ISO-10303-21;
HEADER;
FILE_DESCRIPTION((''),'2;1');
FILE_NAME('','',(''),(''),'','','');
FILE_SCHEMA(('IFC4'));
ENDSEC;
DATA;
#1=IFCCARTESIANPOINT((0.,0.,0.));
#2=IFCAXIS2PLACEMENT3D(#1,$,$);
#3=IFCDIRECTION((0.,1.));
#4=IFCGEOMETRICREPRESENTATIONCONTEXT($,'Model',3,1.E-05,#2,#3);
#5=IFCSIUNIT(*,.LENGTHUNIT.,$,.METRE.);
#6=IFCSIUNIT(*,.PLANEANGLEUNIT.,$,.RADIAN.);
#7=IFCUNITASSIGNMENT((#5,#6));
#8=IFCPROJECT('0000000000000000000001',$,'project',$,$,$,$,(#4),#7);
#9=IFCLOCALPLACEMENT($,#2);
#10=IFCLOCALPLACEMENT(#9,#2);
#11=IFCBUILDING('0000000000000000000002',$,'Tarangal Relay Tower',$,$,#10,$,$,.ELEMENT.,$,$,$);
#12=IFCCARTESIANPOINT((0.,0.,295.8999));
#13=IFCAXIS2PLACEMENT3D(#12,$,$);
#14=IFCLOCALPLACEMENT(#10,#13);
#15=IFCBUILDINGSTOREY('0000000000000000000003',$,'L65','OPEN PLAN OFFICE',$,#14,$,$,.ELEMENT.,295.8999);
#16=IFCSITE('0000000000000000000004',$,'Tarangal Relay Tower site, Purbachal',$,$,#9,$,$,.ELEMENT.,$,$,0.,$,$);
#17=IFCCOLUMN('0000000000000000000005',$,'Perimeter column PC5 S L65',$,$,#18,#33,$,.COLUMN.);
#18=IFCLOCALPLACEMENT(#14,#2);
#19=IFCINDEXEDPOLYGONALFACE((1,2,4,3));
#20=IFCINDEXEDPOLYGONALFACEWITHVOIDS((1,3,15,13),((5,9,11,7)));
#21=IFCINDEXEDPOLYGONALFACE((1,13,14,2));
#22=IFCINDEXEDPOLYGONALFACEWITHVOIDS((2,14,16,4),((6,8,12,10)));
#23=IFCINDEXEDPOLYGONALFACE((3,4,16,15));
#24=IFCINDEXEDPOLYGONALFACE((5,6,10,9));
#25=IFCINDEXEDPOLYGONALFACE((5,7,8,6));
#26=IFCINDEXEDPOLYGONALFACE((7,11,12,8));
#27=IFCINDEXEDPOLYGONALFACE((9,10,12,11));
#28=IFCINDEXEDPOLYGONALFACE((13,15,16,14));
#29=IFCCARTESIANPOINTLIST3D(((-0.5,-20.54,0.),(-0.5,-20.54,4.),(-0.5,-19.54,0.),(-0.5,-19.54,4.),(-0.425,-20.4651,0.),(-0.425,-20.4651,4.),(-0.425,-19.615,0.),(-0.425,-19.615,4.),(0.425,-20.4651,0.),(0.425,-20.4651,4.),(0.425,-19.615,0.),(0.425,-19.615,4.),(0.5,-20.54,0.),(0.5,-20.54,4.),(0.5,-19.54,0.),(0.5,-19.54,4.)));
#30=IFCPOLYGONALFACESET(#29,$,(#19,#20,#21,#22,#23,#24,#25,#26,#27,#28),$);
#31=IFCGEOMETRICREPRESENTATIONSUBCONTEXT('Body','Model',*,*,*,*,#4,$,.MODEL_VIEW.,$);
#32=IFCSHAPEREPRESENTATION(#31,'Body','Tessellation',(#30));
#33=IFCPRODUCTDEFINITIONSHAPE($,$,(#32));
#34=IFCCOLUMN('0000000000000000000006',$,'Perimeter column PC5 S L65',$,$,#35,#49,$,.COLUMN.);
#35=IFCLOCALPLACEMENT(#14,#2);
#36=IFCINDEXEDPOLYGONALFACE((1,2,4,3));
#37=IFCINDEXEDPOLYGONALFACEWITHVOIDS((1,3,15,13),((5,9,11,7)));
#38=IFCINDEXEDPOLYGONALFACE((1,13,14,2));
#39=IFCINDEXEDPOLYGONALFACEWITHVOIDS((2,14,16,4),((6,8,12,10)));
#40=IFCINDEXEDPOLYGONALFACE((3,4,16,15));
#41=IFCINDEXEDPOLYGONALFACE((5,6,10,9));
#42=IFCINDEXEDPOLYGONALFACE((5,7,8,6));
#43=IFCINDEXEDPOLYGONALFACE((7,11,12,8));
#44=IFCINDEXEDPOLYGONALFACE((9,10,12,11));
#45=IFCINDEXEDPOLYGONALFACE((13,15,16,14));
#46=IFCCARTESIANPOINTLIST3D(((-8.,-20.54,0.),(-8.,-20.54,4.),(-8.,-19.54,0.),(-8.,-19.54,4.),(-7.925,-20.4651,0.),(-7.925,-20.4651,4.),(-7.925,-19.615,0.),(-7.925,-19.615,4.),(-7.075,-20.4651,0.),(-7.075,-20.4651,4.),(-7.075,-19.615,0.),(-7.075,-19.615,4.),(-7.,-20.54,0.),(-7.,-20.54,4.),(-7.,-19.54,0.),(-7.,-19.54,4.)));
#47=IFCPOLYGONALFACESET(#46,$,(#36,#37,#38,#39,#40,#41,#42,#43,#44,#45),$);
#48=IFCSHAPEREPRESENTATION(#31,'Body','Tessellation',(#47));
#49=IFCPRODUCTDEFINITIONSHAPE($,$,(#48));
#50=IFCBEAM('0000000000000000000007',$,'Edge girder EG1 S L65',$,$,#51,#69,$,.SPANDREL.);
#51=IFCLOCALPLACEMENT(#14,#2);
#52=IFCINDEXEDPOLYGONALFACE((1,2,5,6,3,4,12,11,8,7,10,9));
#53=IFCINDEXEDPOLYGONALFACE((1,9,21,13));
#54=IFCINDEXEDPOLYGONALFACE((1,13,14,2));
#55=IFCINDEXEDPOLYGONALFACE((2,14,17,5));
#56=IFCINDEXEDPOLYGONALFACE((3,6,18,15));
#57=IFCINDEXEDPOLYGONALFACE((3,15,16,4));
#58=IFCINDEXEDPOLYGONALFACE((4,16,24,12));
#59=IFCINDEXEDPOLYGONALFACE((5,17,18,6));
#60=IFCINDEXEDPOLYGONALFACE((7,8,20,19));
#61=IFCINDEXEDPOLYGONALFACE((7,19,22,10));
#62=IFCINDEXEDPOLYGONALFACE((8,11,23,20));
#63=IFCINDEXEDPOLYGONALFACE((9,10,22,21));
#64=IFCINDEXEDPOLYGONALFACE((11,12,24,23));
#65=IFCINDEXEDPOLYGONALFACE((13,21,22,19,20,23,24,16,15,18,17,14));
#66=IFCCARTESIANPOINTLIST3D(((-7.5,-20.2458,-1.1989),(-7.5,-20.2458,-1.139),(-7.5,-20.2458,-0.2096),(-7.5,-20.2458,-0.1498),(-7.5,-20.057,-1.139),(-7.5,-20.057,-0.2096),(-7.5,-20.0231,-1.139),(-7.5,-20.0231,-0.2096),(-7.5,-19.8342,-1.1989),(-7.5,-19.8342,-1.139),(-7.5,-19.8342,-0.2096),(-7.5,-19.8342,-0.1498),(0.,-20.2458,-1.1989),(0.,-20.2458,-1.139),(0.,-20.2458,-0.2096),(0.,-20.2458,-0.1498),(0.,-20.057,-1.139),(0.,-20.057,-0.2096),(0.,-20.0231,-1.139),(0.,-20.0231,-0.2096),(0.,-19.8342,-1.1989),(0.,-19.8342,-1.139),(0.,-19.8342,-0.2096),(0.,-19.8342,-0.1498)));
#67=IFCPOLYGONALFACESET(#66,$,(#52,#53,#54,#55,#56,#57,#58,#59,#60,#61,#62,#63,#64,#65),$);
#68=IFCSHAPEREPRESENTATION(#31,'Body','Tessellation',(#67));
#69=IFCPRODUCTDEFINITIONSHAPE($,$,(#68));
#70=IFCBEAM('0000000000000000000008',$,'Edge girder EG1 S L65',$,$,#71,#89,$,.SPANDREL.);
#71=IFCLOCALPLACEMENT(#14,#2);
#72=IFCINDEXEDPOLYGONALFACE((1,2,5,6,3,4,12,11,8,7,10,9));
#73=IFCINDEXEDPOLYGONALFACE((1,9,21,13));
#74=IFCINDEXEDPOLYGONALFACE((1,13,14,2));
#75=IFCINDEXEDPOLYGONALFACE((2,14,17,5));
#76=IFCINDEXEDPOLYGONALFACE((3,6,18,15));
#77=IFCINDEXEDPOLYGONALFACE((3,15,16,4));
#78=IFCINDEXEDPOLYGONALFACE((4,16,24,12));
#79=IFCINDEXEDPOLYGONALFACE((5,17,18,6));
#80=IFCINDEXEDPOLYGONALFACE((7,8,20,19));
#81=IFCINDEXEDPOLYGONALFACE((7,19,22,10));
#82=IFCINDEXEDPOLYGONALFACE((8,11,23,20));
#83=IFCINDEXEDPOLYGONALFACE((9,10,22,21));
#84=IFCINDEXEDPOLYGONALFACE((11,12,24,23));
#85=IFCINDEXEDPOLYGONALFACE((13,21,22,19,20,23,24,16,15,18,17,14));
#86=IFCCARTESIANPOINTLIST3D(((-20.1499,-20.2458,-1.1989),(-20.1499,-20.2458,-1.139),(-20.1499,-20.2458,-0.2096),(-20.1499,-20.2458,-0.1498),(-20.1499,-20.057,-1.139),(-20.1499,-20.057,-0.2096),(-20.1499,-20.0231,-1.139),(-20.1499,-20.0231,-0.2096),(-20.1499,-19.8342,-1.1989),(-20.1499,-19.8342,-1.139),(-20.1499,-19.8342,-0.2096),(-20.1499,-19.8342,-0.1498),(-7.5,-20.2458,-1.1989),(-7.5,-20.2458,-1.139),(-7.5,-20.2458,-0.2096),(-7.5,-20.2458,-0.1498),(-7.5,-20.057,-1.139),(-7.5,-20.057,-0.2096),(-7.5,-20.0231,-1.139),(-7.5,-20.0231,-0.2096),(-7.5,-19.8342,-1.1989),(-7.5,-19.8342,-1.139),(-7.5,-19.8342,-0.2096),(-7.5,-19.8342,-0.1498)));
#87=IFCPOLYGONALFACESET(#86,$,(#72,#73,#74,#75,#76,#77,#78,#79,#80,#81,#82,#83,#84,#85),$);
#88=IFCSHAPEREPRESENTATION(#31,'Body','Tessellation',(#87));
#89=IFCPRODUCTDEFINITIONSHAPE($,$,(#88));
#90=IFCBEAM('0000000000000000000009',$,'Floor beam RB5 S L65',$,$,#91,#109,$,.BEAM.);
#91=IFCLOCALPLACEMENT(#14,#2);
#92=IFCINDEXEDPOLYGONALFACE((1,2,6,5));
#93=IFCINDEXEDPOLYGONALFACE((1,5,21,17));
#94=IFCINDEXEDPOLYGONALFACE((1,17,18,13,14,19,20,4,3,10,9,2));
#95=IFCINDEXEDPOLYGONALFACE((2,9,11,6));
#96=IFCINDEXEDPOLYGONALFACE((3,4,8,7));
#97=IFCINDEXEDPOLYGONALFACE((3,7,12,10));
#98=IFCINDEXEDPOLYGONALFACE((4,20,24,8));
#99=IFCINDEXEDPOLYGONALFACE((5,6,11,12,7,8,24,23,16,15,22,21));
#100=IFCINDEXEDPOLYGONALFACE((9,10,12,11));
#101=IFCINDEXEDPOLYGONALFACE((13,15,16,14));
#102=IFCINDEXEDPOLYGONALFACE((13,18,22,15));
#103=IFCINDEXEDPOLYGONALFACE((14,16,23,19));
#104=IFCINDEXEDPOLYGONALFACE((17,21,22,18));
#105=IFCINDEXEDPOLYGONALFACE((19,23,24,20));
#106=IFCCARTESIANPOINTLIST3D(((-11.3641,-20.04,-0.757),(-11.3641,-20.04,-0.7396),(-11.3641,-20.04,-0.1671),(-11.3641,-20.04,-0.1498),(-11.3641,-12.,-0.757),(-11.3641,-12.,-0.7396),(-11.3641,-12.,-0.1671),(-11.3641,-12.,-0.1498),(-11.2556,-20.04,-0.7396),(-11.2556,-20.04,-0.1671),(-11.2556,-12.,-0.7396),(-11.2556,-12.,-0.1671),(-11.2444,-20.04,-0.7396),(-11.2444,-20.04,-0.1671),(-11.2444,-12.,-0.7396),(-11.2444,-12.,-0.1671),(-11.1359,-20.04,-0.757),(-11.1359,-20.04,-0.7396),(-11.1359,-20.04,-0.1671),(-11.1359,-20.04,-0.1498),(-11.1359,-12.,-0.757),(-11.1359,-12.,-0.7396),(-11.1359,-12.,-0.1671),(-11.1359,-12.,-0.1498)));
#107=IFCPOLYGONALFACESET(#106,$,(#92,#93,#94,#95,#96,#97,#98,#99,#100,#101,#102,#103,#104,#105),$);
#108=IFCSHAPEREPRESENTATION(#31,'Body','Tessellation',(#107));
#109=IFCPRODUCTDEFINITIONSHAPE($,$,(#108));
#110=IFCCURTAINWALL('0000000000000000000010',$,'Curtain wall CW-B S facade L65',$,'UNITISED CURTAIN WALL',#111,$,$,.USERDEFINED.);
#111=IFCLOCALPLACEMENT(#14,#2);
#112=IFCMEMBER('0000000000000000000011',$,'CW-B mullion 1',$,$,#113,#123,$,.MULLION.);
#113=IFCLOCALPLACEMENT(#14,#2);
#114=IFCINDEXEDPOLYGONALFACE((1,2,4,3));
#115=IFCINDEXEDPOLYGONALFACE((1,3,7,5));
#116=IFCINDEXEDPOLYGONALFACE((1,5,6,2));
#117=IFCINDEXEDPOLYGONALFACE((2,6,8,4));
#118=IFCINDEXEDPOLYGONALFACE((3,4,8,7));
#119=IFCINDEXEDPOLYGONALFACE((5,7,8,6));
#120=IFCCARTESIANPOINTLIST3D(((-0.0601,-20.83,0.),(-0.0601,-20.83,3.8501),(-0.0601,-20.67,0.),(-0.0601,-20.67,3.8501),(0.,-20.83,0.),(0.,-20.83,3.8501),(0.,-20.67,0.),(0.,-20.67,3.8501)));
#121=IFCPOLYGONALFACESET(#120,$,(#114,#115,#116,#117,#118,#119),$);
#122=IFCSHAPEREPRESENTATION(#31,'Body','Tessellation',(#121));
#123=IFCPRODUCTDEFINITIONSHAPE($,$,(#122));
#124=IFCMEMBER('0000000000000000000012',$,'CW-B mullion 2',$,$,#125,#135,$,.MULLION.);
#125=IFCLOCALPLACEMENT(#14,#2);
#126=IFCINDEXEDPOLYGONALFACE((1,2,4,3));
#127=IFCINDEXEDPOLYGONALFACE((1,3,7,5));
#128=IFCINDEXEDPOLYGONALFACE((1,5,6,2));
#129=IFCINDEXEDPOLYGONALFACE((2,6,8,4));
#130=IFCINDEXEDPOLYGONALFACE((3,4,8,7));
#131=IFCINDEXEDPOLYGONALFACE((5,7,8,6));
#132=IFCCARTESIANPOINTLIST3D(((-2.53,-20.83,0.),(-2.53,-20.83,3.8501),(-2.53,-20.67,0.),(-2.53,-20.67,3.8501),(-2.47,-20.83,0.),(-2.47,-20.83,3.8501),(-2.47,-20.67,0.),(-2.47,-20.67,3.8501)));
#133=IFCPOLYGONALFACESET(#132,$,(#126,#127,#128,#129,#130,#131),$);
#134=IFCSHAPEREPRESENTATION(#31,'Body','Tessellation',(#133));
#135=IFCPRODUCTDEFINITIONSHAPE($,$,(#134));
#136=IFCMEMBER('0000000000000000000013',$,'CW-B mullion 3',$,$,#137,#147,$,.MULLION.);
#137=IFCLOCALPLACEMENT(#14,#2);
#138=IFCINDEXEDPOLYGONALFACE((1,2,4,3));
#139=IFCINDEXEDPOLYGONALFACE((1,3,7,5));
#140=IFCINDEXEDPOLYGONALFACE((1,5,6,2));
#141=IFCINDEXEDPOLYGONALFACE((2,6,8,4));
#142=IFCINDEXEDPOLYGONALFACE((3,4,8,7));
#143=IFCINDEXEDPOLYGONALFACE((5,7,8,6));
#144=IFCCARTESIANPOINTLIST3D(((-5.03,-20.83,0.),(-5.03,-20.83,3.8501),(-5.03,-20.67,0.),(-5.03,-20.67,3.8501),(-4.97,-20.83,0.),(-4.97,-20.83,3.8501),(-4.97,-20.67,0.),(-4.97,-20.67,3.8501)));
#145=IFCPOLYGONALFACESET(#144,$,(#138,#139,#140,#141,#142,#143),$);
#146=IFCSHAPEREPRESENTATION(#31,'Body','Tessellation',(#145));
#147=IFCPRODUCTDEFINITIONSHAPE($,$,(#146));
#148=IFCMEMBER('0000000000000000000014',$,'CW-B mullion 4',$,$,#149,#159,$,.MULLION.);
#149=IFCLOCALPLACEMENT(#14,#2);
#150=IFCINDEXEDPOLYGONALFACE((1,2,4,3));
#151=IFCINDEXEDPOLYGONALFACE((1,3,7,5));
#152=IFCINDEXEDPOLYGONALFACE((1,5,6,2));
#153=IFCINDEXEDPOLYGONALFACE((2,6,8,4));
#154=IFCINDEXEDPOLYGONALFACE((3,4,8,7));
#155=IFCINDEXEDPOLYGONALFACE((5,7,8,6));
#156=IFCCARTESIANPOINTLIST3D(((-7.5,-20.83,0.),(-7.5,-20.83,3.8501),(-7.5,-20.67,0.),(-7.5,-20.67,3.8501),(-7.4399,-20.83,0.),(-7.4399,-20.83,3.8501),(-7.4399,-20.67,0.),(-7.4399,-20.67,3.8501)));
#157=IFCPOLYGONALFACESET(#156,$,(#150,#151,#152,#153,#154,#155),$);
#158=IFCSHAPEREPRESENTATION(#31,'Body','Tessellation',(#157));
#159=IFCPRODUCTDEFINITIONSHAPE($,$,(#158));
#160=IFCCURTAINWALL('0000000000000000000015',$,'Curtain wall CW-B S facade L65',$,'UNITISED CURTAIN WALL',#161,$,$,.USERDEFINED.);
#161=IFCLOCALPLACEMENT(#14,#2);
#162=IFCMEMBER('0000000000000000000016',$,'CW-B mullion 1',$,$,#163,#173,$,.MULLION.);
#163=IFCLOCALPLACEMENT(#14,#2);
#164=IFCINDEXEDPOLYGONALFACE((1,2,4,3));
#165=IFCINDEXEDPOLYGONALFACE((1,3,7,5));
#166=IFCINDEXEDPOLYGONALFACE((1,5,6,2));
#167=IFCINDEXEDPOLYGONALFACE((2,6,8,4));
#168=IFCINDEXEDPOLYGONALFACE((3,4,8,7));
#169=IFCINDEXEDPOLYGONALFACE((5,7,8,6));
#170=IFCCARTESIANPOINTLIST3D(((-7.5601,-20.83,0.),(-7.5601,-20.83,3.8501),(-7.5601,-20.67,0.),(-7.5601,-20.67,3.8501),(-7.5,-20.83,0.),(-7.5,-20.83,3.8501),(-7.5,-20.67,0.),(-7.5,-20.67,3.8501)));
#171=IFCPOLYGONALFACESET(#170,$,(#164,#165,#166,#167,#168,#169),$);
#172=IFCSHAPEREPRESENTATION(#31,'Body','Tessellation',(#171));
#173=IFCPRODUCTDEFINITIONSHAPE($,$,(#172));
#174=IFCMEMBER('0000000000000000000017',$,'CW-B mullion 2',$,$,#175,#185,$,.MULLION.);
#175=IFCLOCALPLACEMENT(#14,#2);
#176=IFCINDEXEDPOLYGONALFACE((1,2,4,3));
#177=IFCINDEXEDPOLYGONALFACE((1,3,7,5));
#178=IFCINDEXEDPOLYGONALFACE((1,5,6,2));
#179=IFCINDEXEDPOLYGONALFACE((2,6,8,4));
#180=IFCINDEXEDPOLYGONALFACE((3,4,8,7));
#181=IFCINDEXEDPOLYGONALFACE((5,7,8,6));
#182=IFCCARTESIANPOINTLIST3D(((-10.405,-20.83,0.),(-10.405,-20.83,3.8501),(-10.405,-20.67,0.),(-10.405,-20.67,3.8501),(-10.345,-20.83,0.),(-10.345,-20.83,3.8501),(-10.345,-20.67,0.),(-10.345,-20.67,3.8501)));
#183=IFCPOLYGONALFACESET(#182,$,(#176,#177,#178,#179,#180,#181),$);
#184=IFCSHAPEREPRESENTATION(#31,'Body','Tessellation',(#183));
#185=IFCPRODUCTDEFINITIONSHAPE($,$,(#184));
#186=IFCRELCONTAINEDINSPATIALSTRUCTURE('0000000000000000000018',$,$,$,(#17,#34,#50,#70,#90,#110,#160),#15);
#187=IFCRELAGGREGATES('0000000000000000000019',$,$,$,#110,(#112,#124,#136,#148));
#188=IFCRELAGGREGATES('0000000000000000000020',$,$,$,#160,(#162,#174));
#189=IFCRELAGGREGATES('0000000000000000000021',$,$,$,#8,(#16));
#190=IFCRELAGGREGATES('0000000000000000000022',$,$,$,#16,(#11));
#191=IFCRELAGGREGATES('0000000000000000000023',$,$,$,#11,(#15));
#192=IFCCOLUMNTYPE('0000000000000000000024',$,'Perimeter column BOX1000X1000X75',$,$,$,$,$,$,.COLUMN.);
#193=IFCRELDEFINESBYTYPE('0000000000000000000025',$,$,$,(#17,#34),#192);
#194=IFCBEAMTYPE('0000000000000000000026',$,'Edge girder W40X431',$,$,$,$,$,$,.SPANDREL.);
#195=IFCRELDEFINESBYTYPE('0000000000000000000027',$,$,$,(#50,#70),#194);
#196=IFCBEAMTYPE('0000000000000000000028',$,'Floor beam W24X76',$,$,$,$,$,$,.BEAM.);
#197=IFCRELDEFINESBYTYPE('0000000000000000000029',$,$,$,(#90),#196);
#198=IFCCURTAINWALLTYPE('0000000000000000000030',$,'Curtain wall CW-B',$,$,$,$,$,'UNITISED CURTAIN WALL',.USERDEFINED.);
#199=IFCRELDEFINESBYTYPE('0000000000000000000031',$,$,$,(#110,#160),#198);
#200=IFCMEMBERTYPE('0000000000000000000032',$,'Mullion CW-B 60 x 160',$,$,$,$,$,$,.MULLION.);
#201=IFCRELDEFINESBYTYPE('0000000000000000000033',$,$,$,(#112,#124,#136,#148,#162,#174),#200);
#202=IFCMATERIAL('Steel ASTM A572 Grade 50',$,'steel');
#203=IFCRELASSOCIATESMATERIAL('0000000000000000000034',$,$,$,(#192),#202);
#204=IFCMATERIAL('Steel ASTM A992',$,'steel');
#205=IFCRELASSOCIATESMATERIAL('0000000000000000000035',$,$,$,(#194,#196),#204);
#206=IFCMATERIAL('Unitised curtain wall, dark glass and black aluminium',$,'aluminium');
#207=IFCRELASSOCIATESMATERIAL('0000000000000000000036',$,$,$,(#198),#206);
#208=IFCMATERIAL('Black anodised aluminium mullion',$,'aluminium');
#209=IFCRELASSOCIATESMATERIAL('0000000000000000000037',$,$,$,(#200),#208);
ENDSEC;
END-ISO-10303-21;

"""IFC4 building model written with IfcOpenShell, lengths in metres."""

from ifc_helpers import new_model, si_unit, direction, frame, origin, origin_2d, place, context, subcontext, project, spatial, rectangle, hollow_rectangle, i_section, extrude, material, material_profile, profile_set, type_object, element, aggregate, save


model = new_model("IFC4")

# Units and contexts
model_context = context("Model", 3, precision=1e-05, world=origin(), true_north=direction((0.0, 1.0)))
body_context = subcontext(model_context, "Body", "Model", "MODEL_VIEW")
ifc_project = project(units=[si_unit("LENGTHUNIT", "METRE"), si_unit("PLANEANGLEUNIT", "RADIAN")], contexts=[model_context])

# Site, building, storey
site_placement = place(None, origin())
site = spatial("IfcSite", under=ifc_project, at=site_placement, Name="Tarangal Relay Tower site, Purbachal", CompositionType="ELEMENT", RefElevation=0.0)
building_placement = place(site_placement, origin())
building = spatial("IfcBuilding", under=site, at=building_placement, Name="Tarangal Relay Tower", CompositionType="ELEMENT")
storey_placement = place(building_placement, frame((0.0, 0.0, 295.8999)))
storey = spatial("IfcBuildingStorey", under=building, at=storey_placement, Name="L65", Description="OPEN PLAN OFFICE", CompositionType="ELEMENT", Elevation=295.8999)

# Columns
ifc_material_1 = material(Name="Steel ASTM A572 Grade 50", Category="steel")
ifc_material_profile_1 = material_profile(ifc_material_1, hollow_rectangle(XDim=1.0, YDim=1.0, WallThickness=0.075, at=origin_2d()), Name="BOX1000X1000X75")
ifc_profile_set_1 = profile_set([ifc_material_profile_1], Name="Steel ASTM A572 Grade 50")
column_type = type_object("IfcColumnType", Name="Perimeter column BOX1000X1000X75", PredefinedType="COLUMN", material=ifc_profile_set_1)
for number, where, z_axis, x_axis, name in (
    (1, (0.0, -20.04, 0.0), (0.0, 0.0, 1.0), (1.0, 0.0, 0.0), "Perimeter column PC5 S L65"),
    (2, (-7.5, -20.04, 0.0), (0.0, 0.0, 1.0), (1.0, 0.0, 0.0), "Perimeter column PC5 S L65"),
):
    element("IfcColumn", number, at=place(storey_placement, frame(where, z_axis=z_axis, x_axis=x_axis)), inside=storey, type_object=column_type, Name=name, PredefinedType="COLUMN", context=body_context, shape_type="SweptSolid", body=[
        extrude(hollow_rectangle(XDim=1.0, YDim=1.0, WallThickness=0.075, at=origin_2d()), origin(), (0.0, 0.0, 1.0), 4.0),
    ])

# Beams
ifc_material_2 = material(Name="Steel ASTM A992", Category="steel")
ifc_material_profile_2 = material_profile(ifc_material_2, i_section(OverallWidth=0.4116, OverallDepth=1.0491, WebThickness=0.0339, FlangeThickness=0.0598, at=origin_2d()), Name="W40X431")
ifc_profile_set_2 = profile_set([ifc_material_profile_2], Name="Steel ASTM A992")
beam_type_1 = type_object("IfcBeamType", Name="Edge girder W40X431", PredefinedType="SPANDREL", material=ifc_profile_set_2)
beam_1_placement = place(storey_placement, frame((0.0, -20.04, -0.6743), z_axis=(-1.0, 0.0, 0.0), x_axis=(0.0, -1.0, 0.0)))
element("IfcBeam", 3, at=beam_1_placement, inside=storey, type_object=beam_type_1, Name="Edge girder EG1 S L65", PredefinedType="SPANDREL", context=body_context, shape_type="SweptSolid", body=[
    extrude(i_section(OverallWidth=0.4116, OverallDepth=1.0491, WebThickness=0.0339, FlangeThickness=0.0598, at=origin_2d()), origin(), (0.0, 0.0, 1.0), 7.5),
])
beam_2_placement = place(storey_placement, frame((-7.5, -20.04, -0.6743), z_axis=(-1.0, 0.0, 0.0), x_axis=(0.0, -1.0, 0.0)))
element("IfcBeam", 4, at=beam_2_placement, inside=storey, type_object=beam_type_1, Name="Edge girder EG1 S L65", PredefinedType="SPANDREL", context=body_context, shape_type="SweptSolid", body=[
    extrude(i_section(OverallWidth=0.4116, OverallDepth=1.0491, WebThickness=0.0339, FlangeThickness=0.0598, at=origin_2d()), origin(), (0.0, 0.0, 1.0), 12.6499),
])
ifc_material_profile_3 = material_profile(ifc_material_2, i_section(OverallWidth=0.2283, OverallDepth=0.6072, WebThickness=0.0112, FlangeThickness=0.0173, at=origin_2d()), Name="W24X76")
ifc_profile_set_3 = profile_set([ifc_material_profile_3], Name="Steel ASTM A992")
beam_type_2 = type_object("IfcBeamType", Name="Floor beam W24X76", PredefinedType="BEAM", material=ifc_profile_set_3)
beam_3_placement = place(storey_placement, frame((-11.25, -12.0, -0.4534), z_axis=(0.0, -1.0, 0.0), x_axis=(1.0, 0.0, 0.0)))
element("IfcBeam", 5, at=beam_3_placement, inside=storey, type_object=beam_type_2, Name="Floor beam RB5 S L65", PredefinedType="BEAM", context=body_context, shape_type="SweptSolid", body=[
    extrude(i_section(OverallWidth=0.2283, OverallDepth=0.6072, WebThickness=0.0112, FlangeThickness=0.0173, at=origin_2d()), origin(), (0.0, 0.0, 1.0), 8.04),
])

# Curtain walls, members
ifc_material_3 = material(Name="Unitised curtain wall, dark glass and black aluminium", Category="aluminium")
curtain_wall_type = type_object("IfcCurtainWallType", Name="Curtain wall CW-B", ElementType="UNITISED CURTAIN WALL", PredefinedType="USERDEFINED", material=ifc_material_3)
curtain_wall_1_placement = place(storey_placement, origin())
curtain_wall_1 = element("IfcCurtainWall", 6, at=curtain_wall_1_placement, inside=storey, type_object=curtain_wall_type, Name="Curtain wall CW-B S facade L65", ObjectType="UNITISED CURTAIN WALL", PredefinedType="USERDEFINED")
ifc_material_4 = material(Name="Black anodised aluminium mullion", Category="aluminium")
ifc_material_profile_4 = material_profile(ifc_material_4, rectangle(XDim=0.1599, YDim=0.0601, at=origin_2d()), Name="CW-BM 60X160")
ifc_profile_set_4 = profile_set([ifc_material_profile_4], Name="Black anodised aluminium mullion")
member_type_1 = type_object("IfcMemberType", Name="Mullion CW-B 60 x 160", PredefinedType="MULLION", material=ifc_profile_set_4)
member_1_placement = place(storey_placement, frame((-0.03, -20.75, 0.0), z_axis=(0.0, 0.0, 1.0), x_axis=(0.0, -1.0, 0.0)))
member_1 = element("IfcMember", 7, at=member_1_placement, type_object=member_type_1, Name="CW-B mullion 1", PredefinedType="MULLION", context=body_context, shape_type="SweptSolid", body=[
    extrude(rectangle(XDim=0.1599, YDim=0.0601, at=origin_2d()), origin(), (0.0, 0.0, 1.0), 3.8501),
])
member_2_placement = place(storey_placement, frame((-2.5, -20.75, 0.0), z_axis=(0.0, 0.0, 1.0), x_axis=(0.0, -1.0, 0.0)))
member_2 = element("IfcMember", 8, at=member_2_placement, type_object=member_type_1, Name="CW-B mullion 2", PredefinedType="MULLION", context=body_context, shape_type="SweptSolid", body=[
    extrude(rectangle(XDim=0.1599, YDim=0.0601, at=origin_2d()), origin(), (0.0, 0.0, 1.0), 3.8501),
])
member_3_placement = place(storey_placement, frame((-5.0, -20.75, 0.0), z_axis=(0.0, 0.0, 1.0), x_axis=(0.0, -1.0, 0.0)))
member_3 = element("IfcMember", 9, at=member_3_placement, type_object=member_type_1, Name="CW-B mullion 3", PredefinedType="MULLION", context=body_context, shape_type="SweptSolid", body=[
    extrude(rectangle(XDim=0.1599, YDim=0.0601, at=origin_2d()), origin(), (0.0, 0.0, 1.0), 3.8501),
])
member_4_placement = place(storey_placement, frame((-7.47, -20.75, 0.0), z_axis=(0.0, 0.0, 1.0), x_axis=(0.0, -1.0, 0.0)))
member_4 = element("IfcMember", 10, at=member_4_placement, type_object=member_type_1, Name="CW-B mullion 4", PredefinedType="MULLION", context=body_context, shape_type="SweptSolid", body=[
    extrude(rectangle(XDim=0.1599, YDim=0.0601, at=origin_2d()), origin(), (0.0, 0.0, 1.0), 3.8501),
])
curtain_wall_2_placement = place(storey_placement, origin())
curtain_wall_2 = element("IfcCurtainWall", 11, at=curtain_wall_2_placement, inside=storey, type_object=curtain_wall_type, Name="Curtain wall CW-B S facade L65", ObjectType="UNITISED CURTAIN WALL", PredefinedType="USERDEFINED")
member_5_placement = place(storey_placement, frame((-7.53, -20.75, 0.0), z_axis=(0.0, 0.0, 1.0), x_axis=(0.0, -1.0, 0.0)))
member_5 = element("IfcMember", 12, at=member_5_placement, type_object=member_type_1, Name="CW-B mullion 1", PredefinedType="MULLION", context=body_context, shape_type="SweptSolid", body=[
    extrude(rectangle(XDim=0.1599, YDim=0.0601, at=origin_2d()), origin(), (0.0, 0.0, 1.0), 3.8501),
])
member_6_placement = place(storey_placement, frame((-10.375, -20.75, 0.0), z_axis=(0.0, 0.0, 1.0), x_axis=(0.0, -1.0, 0.0)))
member_6 = element("IfcMember", 13, at=member_6_placement, type_object=member_type_1, Name="CW-B mullion 2", PredefinedType="MULLION", context=body_context, shape_type="SweptSolid", body=[
    extrude(rectangle(XDim=0.1599, YDim=0.0601, at=origin_2d()), origin(), (0.0, 0.0, 1.0), 3.8501),
])

aggregate(curtain_wall_1, [member_1, member_2, member_3, member_4])
aggregate(curtain_wall_2, [member_5, member_6])

save(model, "model.ifc")
